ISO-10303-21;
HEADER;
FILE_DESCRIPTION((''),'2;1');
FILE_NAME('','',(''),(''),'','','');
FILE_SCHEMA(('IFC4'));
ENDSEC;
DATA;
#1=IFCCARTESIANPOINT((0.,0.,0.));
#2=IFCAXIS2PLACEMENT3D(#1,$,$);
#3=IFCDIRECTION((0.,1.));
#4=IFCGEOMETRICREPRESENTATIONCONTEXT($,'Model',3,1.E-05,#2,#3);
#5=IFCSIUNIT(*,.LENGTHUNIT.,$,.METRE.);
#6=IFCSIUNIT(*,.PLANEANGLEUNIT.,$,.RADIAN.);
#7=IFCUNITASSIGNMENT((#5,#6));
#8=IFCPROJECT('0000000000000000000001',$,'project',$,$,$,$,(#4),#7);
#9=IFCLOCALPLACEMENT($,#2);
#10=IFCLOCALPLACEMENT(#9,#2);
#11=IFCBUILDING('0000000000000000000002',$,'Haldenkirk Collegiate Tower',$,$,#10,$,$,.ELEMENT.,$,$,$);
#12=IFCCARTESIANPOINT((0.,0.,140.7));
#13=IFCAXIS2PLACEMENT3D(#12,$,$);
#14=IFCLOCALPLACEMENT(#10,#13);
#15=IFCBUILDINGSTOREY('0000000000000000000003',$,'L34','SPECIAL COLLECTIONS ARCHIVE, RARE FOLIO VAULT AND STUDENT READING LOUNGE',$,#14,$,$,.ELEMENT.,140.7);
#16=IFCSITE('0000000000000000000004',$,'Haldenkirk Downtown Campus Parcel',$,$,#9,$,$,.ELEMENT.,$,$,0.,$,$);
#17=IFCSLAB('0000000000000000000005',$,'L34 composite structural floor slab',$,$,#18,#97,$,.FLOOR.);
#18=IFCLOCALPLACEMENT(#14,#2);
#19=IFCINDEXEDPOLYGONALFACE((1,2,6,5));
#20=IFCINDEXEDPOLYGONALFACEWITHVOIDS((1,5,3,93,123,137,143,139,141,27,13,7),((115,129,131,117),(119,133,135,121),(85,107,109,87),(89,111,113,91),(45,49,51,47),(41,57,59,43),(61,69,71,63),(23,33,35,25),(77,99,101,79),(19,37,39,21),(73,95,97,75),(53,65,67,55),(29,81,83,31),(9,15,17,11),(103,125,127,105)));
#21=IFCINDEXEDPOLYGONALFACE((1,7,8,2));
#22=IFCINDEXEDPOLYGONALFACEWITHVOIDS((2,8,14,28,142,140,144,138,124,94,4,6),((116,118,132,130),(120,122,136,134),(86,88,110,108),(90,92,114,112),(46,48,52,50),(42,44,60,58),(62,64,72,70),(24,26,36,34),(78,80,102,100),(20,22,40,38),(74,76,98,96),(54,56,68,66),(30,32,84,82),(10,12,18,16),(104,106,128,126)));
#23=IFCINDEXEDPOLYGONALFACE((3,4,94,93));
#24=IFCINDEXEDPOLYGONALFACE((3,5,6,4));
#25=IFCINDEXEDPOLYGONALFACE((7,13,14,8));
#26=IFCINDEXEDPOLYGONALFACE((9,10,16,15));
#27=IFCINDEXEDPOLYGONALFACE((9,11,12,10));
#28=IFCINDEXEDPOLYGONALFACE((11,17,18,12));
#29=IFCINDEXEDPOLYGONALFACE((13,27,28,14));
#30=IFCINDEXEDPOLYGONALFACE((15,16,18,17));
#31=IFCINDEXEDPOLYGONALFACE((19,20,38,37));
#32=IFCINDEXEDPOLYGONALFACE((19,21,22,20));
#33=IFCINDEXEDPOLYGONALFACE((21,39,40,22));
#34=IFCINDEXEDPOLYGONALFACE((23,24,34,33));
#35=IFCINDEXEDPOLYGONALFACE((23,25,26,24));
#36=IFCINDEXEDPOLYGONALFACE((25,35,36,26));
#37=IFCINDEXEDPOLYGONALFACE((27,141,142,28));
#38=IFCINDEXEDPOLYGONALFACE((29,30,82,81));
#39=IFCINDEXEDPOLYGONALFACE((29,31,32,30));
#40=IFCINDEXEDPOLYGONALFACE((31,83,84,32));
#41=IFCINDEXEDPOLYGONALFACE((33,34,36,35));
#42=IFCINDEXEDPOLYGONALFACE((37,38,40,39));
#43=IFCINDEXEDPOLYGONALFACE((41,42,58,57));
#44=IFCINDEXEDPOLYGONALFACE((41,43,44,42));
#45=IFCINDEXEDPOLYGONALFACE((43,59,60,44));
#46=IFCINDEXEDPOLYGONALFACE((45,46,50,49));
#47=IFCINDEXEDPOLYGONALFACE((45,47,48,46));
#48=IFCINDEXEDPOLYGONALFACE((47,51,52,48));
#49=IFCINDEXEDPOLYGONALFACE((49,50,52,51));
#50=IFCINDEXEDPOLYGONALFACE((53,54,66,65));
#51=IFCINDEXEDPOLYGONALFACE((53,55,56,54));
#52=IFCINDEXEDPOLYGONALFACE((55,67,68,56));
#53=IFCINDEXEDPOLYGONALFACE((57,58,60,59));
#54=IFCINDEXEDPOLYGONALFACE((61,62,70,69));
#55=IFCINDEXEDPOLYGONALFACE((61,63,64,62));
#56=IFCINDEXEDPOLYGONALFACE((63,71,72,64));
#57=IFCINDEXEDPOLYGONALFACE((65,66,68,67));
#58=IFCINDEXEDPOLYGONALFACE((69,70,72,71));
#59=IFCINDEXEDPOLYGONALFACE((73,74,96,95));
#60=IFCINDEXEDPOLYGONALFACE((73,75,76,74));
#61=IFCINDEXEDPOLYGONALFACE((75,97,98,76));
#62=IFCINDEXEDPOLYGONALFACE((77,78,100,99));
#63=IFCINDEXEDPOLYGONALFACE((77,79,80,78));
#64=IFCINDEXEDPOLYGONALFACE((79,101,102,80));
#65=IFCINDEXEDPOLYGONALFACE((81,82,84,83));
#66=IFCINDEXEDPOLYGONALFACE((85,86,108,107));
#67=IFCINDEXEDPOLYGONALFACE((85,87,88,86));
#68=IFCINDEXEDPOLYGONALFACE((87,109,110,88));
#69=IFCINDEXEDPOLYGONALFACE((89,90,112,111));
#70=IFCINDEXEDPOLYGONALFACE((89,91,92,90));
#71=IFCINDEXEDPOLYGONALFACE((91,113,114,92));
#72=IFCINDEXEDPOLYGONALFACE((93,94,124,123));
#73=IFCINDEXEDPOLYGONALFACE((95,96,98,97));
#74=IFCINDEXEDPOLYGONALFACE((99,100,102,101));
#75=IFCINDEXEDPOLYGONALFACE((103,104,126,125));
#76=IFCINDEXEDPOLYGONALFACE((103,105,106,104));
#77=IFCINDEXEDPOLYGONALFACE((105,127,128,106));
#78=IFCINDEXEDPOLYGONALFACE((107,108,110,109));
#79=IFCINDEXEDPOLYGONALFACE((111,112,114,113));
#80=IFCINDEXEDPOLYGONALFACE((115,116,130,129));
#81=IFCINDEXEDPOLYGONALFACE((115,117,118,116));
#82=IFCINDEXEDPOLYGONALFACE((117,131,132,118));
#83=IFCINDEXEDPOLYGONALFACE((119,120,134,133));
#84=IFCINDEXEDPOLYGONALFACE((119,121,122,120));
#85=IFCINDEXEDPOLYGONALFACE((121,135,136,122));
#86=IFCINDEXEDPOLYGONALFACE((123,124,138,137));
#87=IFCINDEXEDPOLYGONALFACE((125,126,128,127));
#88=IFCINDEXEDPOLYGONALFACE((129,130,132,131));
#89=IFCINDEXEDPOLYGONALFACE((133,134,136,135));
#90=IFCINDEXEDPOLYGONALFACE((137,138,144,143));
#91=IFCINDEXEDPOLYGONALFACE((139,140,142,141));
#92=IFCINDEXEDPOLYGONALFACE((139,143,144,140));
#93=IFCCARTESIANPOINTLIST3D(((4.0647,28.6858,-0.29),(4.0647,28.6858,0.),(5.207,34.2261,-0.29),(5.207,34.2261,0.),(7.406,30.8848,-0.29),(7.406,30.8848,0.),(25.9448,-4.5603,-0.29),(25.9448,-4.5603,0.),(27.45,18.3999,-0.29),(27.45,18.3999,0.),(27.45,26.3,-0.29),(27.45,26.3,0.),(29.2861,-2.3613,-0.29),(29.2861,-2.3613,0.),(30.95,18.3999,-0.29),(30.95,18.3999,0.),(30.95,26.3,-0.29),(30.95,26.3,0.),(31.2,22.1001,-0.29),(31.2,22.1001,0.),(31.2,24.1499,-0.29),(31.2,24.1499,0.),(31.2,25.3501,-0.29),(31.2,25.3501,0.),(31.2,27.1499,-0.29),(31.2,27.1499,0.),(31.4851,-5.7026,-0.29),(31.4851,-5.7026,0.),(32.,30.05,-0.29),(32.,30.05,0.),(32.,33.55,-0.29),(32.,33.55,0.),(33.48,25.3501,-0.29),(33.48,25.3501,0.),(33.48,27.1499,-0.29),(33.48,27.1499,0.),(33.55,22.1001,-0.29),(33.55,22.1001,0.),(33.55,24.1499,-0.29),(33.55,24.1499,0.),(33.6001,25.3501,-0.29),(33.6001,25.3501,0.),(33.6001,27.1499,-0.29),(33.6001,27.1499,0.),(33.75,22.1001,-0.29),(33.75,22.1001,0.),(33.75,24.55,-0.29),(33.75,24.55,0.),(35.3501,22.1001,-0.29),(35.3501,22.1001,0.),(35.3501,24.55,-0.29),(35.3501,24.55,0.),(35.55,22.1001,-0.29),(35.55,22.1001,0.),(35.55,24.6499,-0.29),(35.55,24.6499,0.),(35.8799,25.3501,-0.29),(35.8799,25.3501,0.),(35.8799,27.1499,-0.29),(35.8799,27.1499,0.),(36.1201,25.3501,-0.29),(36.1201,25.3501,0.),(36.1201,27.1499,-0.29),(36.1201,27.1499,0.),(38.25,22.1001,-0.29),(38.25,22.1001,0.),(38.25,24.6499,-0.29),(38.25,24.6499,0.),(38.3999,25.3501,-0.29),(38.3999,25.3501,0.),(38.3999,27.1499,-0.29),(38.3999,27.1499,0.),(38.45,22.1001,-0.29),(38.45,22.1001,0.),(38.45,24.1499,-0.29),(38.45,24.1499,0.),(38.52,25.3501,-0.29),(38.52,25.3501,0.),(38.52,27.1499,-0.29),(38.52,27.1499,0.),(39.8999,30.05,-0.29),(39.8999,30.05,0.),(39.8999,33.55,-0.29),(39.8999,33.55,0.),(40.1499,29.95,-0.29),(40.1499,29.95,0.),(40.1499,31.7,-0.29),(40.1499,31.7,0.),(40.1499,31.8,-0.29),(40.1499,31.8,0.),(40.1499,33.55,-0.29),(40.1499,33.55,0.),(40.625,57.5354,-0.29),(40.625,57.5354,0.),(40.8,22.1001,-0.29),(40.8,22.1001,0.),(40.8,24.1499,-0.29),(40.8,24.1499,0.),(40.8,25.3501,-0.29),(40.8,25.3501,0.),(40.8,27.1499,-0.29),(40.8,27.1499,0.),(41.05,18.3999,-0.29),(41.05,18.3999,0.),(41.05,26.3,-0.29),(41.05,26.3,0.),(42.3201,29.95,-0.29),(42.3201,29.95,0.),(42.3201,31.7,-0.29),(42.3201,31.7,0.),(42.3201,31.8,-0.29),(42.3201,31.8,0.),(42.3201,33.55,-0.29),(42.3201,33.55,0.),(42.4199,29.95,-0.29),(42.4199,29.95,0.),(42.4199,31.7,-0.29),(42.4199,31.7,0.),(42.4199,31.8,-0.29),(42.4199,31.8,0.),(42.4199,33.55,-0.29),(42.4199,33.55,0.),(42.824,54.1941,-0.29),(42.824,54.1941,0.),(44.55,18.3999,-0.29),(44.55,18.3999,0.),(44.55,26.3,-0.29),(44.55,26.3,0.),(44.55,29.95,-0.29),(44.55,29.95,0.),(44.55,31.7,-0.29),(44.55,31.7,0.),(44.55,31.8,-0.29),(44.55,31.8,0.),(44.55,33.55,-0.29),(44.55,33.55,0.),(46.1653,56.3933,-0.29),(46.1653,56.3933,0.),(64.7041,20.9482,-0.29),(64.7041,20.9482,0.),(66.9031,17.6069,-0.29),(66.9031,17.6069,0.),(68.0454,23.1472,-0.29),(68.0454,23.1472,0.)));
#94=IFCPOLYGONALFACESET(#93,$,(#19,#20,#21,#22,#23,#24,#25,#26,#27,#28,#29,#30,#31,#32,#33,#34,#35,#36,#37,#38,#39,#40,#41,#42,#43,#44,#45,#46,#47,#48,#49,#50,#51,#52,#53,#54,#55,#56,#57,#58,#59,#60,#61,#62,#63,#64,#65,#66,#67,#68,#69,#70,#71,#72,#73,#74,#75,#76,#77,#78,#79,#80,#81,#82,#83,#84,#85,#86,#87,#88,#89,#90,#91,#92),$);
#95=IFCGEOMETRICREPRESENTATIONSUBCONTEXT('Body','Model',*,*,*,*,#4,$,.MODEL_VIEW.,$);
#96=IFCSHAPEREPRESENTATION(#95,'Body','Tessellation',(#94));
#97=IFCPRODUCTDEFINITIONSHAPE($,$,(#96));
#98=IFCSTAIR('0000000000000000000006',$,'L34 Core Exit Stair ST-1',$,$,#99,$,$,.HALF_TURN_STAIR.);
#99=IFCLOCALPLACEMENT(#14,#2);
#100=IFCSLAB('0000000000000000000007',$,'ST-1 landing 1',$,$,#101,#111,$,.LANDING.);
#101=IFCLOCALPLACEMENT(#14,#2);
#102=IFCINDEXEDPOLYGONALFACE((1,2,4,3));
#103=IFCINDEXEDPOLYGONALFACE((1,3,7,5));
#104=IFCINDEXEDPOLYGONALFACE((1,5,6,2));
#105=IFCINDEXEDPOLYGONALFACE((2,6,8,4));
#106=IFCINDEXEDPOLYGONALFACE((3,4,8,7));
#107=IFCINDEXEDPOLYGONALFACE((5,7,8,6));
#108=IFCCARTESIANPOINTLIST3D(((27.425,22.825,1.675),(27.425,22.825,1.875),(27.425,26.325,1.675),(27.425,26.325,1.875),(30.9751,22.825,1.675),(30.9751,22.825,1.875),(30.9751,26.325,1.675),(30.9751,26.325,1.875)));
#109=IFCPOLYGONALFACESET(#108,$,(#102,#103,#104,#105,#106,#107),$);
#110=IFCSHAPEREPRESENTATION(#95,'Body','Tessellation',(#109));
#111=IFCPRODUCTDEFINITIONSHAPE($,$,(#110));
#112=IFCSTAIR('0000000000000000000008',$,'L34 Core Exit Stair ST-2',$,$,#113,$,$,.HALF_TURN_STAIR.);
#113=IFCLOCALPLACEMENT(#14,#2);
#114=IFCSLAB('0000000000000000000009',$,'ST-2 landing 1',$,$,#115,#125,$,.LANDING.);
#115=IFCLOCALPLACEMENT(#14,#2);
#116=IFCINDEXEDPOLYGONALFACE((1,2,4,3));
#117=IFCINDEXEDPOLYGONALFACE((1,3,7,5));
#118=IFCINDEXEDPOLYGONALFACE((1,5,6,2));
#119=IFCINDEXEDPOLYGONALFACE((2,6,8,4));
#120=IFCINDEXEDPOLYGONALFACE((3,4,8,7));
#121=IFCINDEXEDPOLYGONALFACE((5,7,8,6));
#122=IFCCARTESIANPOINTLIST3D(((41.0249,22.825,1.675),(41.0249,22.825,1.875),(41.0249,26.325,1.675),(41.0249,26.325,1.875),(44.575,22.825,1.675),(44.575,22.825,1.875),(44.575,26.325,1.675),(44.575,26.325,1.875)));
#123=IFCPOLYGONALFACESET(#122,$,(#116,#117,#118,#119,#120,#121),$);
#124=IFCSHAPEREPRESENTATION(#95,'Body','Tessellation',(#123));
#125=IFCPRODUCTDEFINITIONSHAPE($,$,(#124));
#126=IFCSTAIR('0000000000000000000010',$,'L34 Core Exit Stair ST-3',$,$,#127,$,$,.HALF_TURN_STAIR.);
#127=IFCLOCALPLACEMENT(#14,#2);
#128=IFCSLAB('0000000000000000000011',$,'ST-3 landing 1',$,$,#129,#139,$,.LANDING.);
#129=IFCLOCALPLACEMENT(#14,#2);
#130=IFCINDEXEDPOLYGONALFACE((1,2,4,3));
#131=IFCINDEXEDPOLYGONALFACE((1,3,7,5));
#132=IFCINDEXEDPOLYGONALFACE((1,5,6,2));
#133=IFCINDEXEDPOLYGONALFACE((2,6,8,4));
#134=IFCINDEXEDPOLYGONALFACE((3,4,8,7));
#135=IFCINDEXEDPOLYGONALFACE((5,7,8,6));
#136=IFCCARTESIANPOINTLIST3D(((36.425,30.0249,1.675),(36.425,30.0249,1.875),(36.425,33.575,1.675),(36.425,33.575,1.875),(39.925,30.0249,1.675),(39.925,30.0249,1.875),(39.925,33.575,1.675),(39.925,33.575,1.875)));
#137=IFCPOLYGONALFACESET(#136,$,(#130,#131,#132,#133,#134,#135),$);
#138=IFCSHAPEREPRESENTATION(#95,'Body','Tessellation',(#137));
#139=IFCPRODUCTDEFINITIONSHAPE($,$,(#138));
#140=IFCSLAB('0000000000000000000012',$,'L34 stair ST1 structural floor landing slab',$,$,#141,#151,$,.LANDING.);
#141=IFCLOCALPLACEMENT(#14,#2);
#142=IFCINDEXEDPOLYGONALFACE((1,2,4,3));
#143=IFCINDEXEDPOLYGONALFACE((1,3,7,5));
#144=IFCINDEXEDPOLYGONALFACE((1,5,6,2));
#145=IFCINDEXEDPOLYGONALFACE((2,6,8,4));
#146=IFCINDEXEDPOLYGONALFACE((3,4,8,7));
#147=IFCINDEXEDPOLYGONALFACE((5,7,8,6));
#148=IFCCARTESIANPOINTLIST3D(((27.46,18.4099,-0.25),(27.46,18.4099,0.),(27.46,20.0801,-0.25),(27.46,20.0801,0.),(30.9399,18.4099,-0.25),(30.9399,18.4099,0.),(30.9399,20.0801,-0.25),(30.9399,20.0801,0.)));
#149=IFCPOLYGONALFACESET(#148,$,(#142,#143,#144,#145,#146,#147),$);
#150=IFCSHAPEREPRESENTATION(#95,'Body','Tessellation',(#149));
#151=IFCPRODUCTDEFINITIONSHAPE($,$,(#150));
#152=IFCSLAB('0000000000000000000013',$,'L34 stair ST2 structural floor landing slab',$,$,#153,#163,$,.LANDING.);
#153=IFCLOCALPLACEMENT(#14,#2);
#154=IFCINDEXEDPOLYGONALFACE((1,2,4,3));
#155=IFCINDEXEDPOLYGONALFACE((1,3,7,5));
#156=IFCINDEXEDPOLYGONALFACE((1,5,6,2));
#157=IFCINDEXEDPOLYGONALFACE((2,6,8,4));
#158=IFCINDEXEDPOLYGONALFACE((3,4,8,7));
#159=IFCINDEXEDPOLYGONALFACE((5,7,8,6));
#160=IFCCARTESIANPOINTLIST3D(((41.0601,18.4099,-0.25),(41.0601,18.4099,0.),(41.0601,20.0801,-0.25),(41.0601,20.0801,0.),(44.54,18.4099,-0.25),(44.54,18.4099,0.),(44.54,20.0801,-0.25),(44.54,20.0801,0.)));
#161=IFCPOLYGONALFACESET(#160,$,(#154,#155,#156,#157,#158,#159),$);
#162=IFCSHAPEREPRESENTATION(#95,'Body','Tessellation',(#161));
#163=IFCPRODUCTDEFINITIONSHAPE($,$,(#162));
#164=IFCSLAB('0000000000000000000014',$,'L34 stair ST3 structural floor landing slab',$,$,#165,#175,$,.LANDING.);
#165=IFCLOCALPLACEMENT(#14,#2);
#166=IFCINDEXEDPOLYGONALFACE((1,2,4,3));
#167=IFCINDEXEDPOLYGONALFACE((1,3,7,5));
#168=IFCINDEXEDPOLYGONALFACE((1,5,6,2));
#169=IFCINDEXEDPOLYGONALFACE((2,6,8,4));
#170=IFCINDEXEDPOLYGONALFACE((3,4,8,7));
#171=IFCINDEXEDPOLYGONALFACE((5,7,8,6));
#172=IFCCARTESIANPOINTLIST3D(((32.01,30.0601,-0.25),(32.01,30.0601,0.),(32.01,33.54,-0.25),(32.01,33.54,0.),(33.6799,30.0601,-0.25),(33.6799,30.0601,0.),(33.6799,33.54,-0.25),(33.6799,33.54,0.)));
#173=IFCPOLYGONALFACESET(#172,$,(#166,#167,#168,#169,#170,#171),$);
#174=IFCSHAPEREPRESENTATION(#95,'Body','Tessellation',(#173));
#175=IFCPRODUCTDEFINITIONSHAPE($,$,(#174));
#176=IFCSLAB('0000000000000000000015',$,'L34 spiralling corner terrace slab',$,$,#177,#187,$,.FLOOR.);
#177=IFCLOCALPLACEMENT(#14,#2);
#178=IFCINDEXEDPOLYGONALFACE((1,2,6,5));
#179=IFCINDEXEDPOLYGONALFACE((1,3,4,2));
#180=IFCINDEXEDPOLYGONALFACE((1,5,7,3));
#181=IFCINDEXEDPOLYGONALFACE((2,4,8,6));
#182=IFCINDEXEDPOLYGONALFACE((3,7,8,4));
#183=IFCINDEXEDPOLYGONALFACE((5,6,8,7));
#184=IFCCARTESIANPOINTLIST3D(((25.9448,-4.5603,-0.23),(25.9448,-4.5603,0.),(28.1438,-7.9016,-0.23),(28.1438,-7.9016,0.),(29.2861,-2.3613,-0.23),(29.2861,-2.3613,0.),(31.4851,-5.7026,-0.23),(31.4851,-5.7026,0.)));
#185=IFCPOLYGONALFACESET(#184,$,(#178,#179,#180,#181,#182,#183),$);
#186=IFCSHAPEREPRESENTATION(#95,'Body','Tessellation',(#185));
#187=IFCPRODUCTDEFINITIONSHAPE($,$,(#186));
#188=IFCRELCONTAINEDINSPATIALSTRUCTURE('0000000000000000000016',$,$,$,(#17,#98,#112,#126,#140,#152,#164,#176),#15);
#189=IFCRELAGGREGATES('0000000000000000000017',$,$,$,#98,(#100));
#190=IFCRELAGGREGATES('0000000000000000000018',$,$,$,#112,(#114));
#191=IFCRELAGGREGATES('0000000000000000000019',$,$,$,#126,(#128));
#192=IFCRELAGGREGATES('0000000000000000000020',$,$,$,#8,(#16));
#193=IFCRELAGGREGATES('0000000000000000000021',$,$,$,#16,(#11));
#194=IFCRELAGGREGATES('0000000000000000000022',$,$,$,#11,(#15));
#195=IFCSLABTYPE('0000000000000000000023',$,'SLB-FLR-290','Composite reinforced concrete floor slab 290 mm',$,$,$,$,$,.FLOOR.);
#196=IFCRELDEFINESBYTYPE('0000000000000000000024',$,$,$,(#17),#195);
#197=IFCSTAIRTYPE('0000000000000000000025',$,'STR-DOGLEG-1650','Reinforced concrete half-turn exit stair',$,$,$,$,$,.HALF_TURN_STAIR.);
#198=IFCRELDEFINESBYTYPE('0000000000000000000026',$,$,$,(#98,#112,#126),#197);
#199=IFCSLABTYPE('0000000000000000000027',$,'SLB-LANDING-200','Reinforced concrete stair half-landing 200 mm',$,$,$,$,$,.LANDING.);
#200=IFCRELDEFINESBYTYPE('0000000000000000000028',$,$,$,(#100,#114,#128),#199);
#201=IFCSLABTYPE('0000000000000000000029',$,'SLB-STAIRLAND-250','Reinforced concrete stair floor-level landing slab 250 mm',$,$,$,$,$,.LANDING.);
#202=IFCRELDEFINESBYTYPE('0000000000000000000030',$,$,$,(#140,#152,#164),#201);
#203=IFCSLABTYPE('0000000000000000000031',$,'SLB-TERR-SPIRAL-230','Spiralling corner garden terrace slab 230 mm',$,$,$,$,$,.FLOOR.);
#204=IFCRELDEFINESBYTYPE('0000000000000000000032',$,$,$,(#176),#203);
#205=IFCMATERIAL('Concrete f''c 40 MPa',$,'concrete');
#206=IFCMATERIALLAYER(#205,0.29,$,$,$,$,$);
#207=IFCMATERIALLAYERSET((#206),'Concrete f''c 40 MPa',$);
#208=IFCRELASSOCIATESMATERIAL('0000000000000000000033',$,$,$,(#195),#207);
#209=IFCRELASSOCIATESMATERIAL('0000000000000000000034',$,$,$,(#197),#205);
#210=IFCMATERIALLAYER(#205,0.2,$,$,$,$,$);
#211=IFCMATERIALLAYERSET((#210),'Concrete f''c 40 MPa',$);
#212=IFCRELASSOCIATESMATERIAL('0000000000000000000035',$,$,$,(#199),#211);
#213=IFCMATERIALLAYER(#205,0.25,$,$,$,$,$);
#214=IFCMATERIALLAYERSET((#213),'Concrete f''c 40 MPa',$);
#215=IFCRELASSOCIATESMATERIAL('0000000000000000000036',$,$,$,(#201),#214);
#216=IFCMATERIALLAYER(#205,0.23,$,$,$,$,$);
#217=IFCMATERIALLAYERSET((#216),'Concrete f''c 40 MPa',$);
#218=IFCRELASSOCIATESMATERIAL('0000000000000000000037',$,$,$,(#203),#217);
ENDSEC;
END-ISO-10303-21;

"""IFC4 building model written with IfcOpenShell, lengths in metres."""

from ifc_helpers import new_model, si_unit, direction, frame, origin, place, context, subcontext, project, spatial, polyline, outline, extrude, material, layer, layer_set, type_object, element, aggregate, save


model = new_model("IFC4")

# Units and contexts
model_context = context("Model", 3, precision=1e-05, world=origin(), true_north=direction((0.0, 1.0)))
body_context = subcontext(model_context, "Body", "Model", "MODEL_VIEW")
ifc_project = project(units=[si_unit("LENGTHUNIT", "METRE"), si_unit("PLANEANGLEUNIT", "RADIAN")], contexts=[model_context])

# Site, building, storey
site_placement = place(None, origin())
site = spatial("IfcSite", under=ifc_project, at=site_placement, Name="Haldenkirk Downtown Campus Parcel", CompositionType="ELEMENT", RefElevation=0.0)
building_placement = place(site_placement, origin())
building = spatial("IfcBuilding", under=site, at=building_placement, Name="Haldenkirk Collegiate Tower", CompositionType="ELEMENT")
storey_placement = place(building_placement, frame((0.0, 0.0, 140.7)))
storey = spatial("IfcBuildingStorey", under=building, at=storey_placement, Name="L34", Description="SPECIAL COLLECTIONS ARCHIVE, RARE FOLIO VAULT AND STUDENT READING LOUNGE", CompositionType="ELEMENT", Elevation=140.7)

# Slab
ifc_material_1 = material(Name="Concrete f'c 40 MPa", Category="concrete")
ifc_layer_1 = layer(ifc_material_1, 0.29)
ifc_layer_set_1 = layer_set([ifc_layer_1], Name="Concrete f'c 40 MPa")
slab_type_1 = type_object("IfcSlabType", Name="SLB-FLR-290", Description="Composite reinforced concrete floor slab 290 mm", PredefinedType="FLOOR", material=ifc_layer_set_1)
slab_1_placement = place(storey_placement, frame((0.0, 0.0, -0.29)))
element("IfcSlab", 1, at=slab_1_placement, inside=storey, type_object=slab_type_1, Name="L34 composite structural floor slab", PredefinedType="FLOOR", context=body_context, shape_type="SweptSolid", body=[
    extrude(outline(polyline([(31.4851, -5.7026), (66.9031, 17.6069), (64.7041, 20.9482), (68.0454, 23.1472), (46.1653, 56.3933), (42.824, 54.1941), (40.625, 57.5354), (5.207, 34.2261), (7.406, 30.8848), (4.0647, 28.6858), (25.9448, -4.5603), (29.2861, -2.3613), (31.4851, -5.7026)]), holes=[polyline([(27.45, 18.3999), (30.95, 18.3999), (30.95, 26.3), (27.45, 26.3), (27.45, 18.3999)]), polyline([(41.05, 18.3999), (44.55, 18.3999), (44.55, 26.3), (41.05, 26.3), (41.05, 18.3999)]), polyline([(32.0, 30.05), (39.8999, 30.05), (39.8999, 33.55), (32.0, 33.55), (32.0, 30.05)]), polyline([(33.75, 22.1001), (35.3501, 22.1001), (35.3501, 24.55), (33.75, 24.55), (33.75, 22.1001)]), polyline([(40.1499, 29.95), (42.3201, 29.95), (42.3201, 31.7), (40.1499, 31.7), (40.1499, 29.95)]), polyline([(42.4199, 29.95), (44.55, 29.95), (44.55, 31.7), (42.4199, 31.7), (42.4199, 29.95)]), polyline([(40.1499, 31.8), (42.3201, 31.8), (42.3201, 33.55), (40.1499, 33.55), (40.1499, 31.8)]), polyline([(42.4199, 31.8), (44.55, 31.8), (44.55, 33.55), (42.4199, 33.55), (42.4199, 31.8)]), polyline([(31.2, 25.3501), (33.48, 25.3501), (33.48, 27.1499), (31.2, 27.1499), (31.2, 25.3501)]), polyline([(33.6001, 25.3501), (35.8799, 25.3501), (35.8799, 27.1499), (33.6001, 27.1499), (33.6001, 25.3501)]), polyline([(36.1201, 25.3501), (38.3999, 25.3501), (38.3999, 27.1499), (36.1201, 27.1499), (36.1201, 25.3501)]), polyline([(38.52, 25.3501), (40.8, 25.3501), (40.8, 27.1499), (38.52, 27.1499), (38.52, 25.3501)]), polyline([(31.2, 22.1001), (33.55, 22.1001), (33.55, 24.1499), (31.2, 24.1499), (31.2, 22.1001)]), polyline([(38.45, 22.1001), (40.8, 22.1001), (40.8, 24.1499), (38.45, 24.1499), (38.45, 22.1001)]), polyline([(35.55, 22.1001), (38.25, 22.1001), (38.25, 24.6499), (35.55, 24.6499), (35.55, 22.1001)])]), origin(), (0.0, 0.0, 1.0), 0.29),
])

# Stairs, slabs
stair_type = type_object("IfcStairType", Name="STR-DOGLEG-1650", Description="Reinforced concrete half-turn exit stair", PredefinedType="HALF_TURN_STAIR", material=ifc_material_1)
stair_1_placement = place(storey_placement, origin())
stair_1 = element("IfcStair", 2, at=stair_1_placement, inside=storey, type_object=stair_type, Name="L34 Core Exit Stair ST-1", PredefinedType="HALF_TURN_STAIR")
ifc_layer_2 = layer(ifc_material_1, 0.2)
ifc_layer_set_2 = layer_set([ifc_layer_2], Name="Concrete f'c 40 MPa")
slab_type_2 = type_object("IfcSlabType", Name="SLB-LANDING-200", Description="Reinforced concrete stair half-landing 200 mm", PredefinedType="LANDING", material=ifc_layer_set_2)
slab_2_placement = place(storey_placement, frame((0.0, 0.0, 1.675)))
slab_2 = element("IfcSlab", 3, at=slab_2_placement, type_object=slab_type_2, Name="ST-1 landing 1", PredefinedType="LANDING", context=body_context, shape_type="SweptSolid", body=[
    extrude(outline(polyline([(30.9751, 22.825), (27.425, 22.825), (27.425, 26.325), (30.9751, 26.325), (30.9751, 22.825)])), origin(), (0.0, 0.0, 1.0), 0.2),
])
aggregate(stair_1, [slab_2])
stair_2_placement = place(storey_placement, origin())
stair_2 = element("IfcStair", 4, at=stair_2_placement, inside=storey, type_object=stair_type, Name="L34 Core Exit Stair ST-2", PredefinedType="HALF_TURN_STAIR")
slab_3_placement = place(storey_placement, frame((0.0, 0.0, 1.675)))
slab_3 = element("IfcSlab", 5, at=slab_3_placement, type_object=slab_type_2, Name="ST-2 landing 1", PredefinedType="LANDING", context=body_context, shape_type="SweptSolid", body=[
    extrude(outline(polyline([(44.575, 22.825), (41.0249, 22.825), (41.0249, 26.325), (44.575, 26.325), (44.575, 22.825)])), origin(), (0.0, 0.0, 1.0), 0.2),
])
aggregate(stair_2, [slab_3])
stair_3_placement = place(storey_placement, origin())
stair_3 = element("IfcStair", 6, at=stair_3_placement, inside=storey, type_object=stair_type, Name="L34 Core Exit Stair ST-3", PredefinedType="HALF_TURN_STAIR")
slab_4_placement = place(storey_placement, frame((0.0, 0.0, 1.675)))
slab_4 = element("IfcSlab", 7, at=slab_4_placement, type_object=slab_type_2, Name="ST-3 landing 1", PredefinedType="LANDING", context=body_context, shape_type="SweptSolid", body=[
    extrude(outline(polyline([(36.425, 30.0249), (36.425, 33.575), (39.925, 33.575), (39.925, 30.0249), (36.425, 30.0249)])), origin(), (0.0, 0.0, 1.0), 0.2),
])
aggregate(stair_3, [slab_4])

# Slabs
ifc_layer_3 = layer(ifc_material_1, 0.25)
ifc_layer_set_3 = layer_set([ifc_layer_3], Name="Concrete f'c 40 MPa")
slab_type_3 = type_object("IfcSlabType", Name="SLB-STAIRLAND-250", Description="Reinforced concrete stair floor-level landing slab 250 mm", PredefinedType="LANDING", material=ifc_layer_set_3)
slab_5_placement = place(storey_placement, frame((0.0, 0.0, -0.25)))
element("IfcSlab", 8, at=slab_5_placement, inside=storey, type_object=slab_type_3, Name="L34 stair ST1 structural floor landing slab", PredefinedType="LANDING", context=body_context, shape_type="SweptSolid", body=[
    extrude(outline(polyline([(27.46, 18.4099), (30.9399, 18.4099), (30.9399, 20.0801), (27.46, 20.0801), (27.46, 18.4099)])), origin(), (0.0, 0.0, 1.0), 0.25),
])
slab_6_placement = place(storey_placement, frame((0.0, 0.0, -0.25)))
element("IfcSlab", 9, at=slab_6_placement, inside=storey, type_object=slab_type_3, Name="L34 stair ST2 structural floor landing slab", PredefinedType="LANDING", context=body_context, shape_type="SweptSolid", body=[
    extrude(outline(polyline([(41.0601, 18.4099), (44.54, 18.4099), (44.54, 20.0801), (41.0601, 20.0801), (41.0601, 18.4099)])), origin(), (0.0, 0.0, 1.0), 0.25),
])
slab_7_placement = place(storey_placement, frame((0.0, 0.0, -0.25)))
element("IfcSlab", 10, at=slab_7_placement, inside=storey, type_object=slab_type_3, Name="L34 stair ST3 structural floor landing slab", PredefinedType="LANDING", context=body_context, shape_type="SweptSolid", body=[
    extrude(outline(polyline([(32.01, 30.0601), (33.6799, 30.0601), (33.6799, 33.54), (32.01, 33.54), (32.01, 30.0601)])), origin(), (0.0, 0.0, 1.0), 0.25),
])
ifc_layer_4 = layer(ifc_material_1, 0.23)
ifc_layer_set_4 = layer_set([ifc_layer_4], Name="Concrete f'c 40 MPa")
slab_type_4 = type_object("IfcSlabType", Name="SLB-TERR-SPIRAL-230", Description="Spiralling corner garden terrace slab 230 mm", PredefinedType="FLOOR", material=ifc_layer_set_4)
slab_8_placement = place(storey_placement, frame((0.0, 0.0, -0.23)))
element("IfcSlab", 11, at=slab_8_placement, inside=storey, type_object=slab_type_4, Name="L34 spiralling corner terrace slab", PredefinedType="FLOOR", context=body_context, shape_type="SweptSolid", body=[
    extrude(outline(polyline([(28.1438, -7.9016), (31.4851, -5.7026), (29.2861, -2.3613), (25.9448, -4.5603), (28.1438, -7.9016)])), origin(), (0.0, 0.0, 1.0), 0.23),
])

save(model, "model.ifc")
